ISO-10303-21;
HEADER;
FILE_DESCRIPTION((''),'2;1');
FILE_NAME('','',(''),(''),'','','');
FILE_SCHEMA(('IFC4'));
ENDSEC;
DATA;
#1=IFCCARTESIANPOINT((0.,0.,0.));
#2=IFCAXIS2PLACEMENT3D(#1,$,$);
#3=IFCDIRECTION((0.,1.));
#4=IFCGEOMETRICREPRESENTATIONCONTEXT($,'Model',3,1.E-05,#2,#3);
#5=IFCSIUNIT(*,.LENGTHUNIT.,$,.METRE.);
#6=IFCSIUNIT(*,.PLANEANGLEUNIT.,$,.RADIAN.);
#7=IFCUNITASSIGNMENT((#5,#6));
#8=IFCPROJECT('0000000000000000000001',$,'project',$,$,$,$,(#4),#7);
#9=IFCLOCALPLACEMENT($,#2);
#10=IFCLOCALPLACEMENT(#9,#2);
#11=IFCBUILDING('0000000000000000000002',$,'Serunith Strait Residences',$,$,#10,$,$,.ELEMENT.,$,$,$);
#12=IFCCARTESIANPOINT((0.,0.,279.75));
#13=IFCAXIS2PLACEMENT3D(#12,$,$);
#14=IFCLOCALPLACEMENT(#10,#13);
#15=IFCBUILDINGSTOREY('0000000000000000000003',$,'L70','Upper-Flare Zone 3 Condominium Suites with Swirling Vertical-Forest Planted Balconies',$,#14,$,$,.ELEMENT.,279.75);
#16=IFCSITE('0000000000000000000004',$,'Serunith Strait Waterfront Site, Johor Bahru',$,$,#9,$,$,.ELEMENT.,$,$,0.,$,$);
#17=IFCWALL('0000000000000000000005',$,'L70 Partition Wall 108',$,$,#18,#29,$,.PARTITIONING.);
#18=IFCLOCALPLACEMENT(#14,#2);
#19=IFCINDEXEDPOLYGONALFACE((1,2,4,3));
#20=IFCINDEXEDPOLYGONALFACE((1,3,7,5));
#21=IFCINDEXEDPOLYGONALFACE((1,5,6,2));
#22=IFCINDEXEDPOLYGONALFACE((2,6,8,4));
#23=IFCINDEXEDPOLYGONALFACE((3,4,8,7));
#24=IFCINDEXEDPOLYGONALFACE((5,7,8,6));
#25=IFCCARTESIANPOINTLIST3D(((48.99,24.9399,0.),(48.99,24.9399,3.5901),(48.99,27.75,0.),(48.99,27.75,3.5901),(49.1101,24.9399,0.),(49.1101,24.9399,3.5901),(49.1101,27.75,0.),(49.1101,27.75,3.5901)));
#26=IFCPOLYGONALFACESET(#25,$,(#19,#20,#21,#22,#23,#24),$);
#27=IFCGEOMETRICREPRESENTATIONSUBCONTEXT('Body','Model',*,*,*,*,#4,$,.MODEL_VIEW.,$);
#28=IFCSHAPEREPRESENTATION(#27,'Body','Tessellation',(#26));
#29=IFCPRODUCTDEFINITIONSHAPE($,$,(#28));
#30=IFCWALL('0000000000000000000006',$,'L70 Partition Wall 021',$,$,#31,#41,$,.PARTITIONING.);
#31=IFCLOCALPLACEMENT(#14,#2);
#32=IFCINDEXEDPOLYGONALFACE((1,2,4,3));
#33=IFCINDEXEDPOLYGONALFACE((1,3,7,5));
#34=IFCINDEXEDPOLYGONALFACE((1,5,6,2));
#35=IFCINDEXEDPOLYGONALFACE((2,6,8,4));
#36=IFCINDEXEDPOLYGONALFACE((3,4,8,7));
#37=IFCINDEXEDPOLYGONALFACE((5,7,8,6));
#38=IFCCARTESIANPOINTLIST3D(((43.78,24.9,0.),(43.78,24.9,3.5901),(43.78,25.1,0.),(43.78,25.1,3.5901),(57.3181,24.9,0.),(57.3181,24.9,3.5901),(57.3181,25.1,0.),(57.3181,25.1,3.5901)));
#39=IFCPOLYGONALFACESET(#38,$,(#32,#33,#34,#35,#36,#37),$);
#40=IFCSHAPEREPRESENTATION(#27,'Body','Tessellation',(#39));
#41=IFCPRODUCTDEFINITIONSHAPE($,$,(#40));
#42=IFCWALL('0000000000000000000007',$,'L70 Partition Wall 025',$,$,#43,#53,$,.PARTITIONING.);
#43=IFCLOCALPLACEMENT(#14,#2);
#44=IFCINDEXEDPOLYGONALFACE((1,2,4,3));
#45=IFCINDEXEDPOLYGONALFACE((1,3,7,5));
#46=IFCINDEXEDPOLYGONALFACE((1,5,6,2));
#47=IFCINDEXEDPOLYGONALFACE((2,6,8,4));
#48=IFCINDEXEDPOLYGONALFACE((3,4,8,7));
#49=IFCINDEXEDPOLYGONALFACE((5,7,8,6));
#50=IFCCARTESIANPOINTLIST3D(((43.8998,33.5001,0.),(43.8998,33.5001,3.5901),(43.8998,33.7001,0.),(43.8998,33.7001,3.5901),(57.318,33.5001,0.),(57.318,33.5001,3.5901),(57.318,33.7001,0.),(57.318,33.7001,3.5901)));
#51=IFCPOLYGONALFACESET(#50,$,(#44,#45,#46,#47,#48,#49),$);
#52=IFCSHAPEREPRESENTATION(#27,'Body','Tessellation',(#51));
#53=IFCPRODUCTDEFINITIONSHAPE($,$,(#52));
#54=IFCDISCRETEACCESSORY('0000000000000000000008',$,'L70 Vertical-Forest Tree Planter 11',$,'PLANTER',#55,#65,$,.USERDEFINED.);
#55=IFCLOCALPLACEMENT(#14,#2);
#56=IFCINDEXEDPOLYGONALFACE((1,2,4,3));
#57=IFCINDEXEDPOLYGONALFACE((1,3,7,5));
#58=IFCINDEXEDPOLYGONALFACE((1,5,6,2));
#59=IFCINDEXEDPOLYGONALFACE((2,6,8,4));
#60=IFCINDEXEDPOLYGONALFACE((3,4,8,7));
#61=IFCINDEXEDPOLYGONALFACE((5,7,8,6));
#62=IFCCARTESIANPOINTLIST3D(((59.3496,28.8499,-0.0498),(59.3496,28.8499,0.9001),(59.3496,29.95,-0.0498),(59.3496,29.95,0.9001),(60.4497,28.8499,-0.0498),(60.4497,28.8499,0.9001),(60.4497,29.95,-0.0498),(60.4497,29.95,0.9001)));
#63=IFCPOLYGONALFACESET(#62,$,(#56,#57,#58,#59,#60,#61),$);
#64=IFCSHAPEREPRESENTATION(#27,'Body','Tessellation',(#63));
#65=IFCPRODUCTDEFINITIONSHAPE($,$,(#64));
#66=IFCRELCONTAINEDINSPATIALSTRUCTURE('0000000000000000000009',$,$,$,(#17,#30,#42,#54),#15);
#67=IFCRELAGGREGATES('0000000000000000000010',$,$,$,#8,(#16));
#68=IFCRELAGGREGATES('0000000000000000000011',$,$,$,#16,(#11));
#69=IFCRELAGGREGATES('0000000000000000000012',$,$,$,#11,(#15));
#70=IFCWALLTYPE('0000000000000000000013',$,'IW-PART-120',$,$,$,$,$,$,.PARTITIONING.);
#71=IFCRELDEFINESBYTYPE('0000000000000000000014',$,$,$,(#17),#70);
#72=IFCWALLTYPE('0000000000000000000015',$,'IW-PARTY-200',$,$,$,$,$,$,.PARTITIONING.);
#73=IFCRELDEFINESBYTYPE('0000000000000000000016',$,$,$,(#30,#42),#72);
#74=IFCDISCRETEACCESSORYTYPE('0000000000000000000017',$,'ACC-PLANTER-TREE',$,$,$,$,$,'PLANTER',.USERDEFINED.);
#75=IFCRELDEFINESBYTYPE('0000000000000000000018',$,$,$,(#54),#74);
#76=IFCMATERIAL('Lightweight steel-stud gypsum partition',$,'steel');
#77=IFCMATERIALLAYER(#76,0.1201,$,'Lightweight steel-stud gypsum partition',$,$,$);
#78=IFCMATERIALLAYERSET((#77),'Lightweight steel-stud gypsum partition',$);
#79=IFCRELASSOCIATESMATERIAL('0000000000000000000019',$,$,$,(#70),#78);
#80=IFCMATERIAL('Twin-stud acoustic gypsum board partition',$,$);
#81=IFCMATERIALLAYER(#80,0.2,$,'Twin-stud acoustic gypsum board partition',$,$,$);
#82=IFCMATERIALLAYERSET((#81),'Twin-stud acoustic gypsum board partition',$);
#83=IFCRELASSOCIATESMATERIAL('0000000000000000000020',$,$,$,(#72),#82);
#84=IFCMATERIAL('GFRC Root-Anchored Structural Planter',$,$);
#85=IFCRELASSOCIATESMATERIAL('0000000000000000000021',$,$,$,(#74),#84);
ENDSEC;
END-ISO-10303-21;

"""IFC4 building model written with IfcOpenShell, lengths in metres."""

from ifc_helpers import new_model, si_unit, direction, frame, frame_2d, origin, origin_2d, place, context, subcontext, project, spatial, rectangle, extrude, source, transform, mapped, material, layer, layer_set, type_object, element, save


model = new_model("IFC4")

# Units and contexts
model_context = context("Model", 3, precision=1e-05, world=origin(), true_north=direction((0.0, 1.0)))
body_context = subcontext(model_context, "Body", "Model", "MODEL_VIEW")
ifc_project = project(units=[si_unit("LENGTHUNIT", "METRE"), si_unit("PLANEANGLEUNIT", "RADIAN")], contexts=[model_context])

# Site, building, storey
site_placement = place(None, origin())
site = spatial("IfcSite", under=ifc_project, at=site_placement, Name="Serunith Strait Waterfront Site, Johor Bahru", CompositionType="ELEMENT", RefElevation=0.0)
building_placement = place(site_placement, origin())
building = spatial("IfcBuilding", under=site, at=building_placement, Name="Serunith Strait Residences", CompositionType="ELEMENT")
storey_placement = place(building_placement, frame((0.0, 0.0, 279.75)))
storey = spatial("IfcBuildingStorey", under=building, at=storey_placement, Name="L70", Description="Upper-Flare Zone 3 Condominium Suites with Swirling Vertical-Forest Planted Balconies", CompositionType="ELEMENT", Elevation=279.75)

# Shared definitions
ifc_material_1 = material(Name="Lightweight steel-stud gypsum partition", Category="steel")
ifc_layer_1 = layer(ifc_material_1, 0.1201, Name="Lightweight steel-stud gypsum partition")
ifc_layer_set_1 = layer_set([ifc_layer_1], Name="Lightweight steel-stud gypsum partition")
wall_type_1 = type_object("IfcWallType", Name="IW-PART-120", PredefinedType="PARTITIONING", material=ifc_layer_set_1)

# Walls
for number, where, z_axis, x_axis, name in (
    (1, (49.05, 24.9399, 0.0), (0.0, 0.0, 1.0), (0.0, 1.0, 0.0), "L70 Partition Wall 108"),
):
    element("IfcWall", number, at=place(storey_placement, frame(where, z_axis=z_axis, x_axis=x_axis)), inside=storey, type_object=wall_type_1, Name=name, PredefinedType="PARTITIONING", context=body_context, shape_type="SweptSolid", body=[
        extrude(rectangle(XDim=2.8101, YDim=0.1201, at=frame_2d((1.405, 0.0))), origin(), (0.0, 0.0, 1.0), 3.5901),
    ])
ifc_material_2 = material(Name="Twin-stud acoustic gypsum board partition")
ifc_layer_2 = layer(ifc_material_2, 0.2, Name="Twin-stud acoustic gypsum board partition")
ifc_layer_set_2 = layer_set([ifc_layer_2], Name="Twin-stud acoustic gypsum board partition")
wall_type_2 = type_object("IfcWallType", Name="IW-PARTY-200", PredefinedType="PARTITIONING", material=ifc_layer_set_2)
wall_1_placement = place(storey_placement, frame((43.78, 25.0, 0.0), z_axis=(0.0, 0.0, 1.0), x_axis=(1.0, 0.0, 0.0)))
element("IfcWall", 2, at=wall_1_placement, inside=storey, type_object=wall_type_2, Name="L70 Partition Wall 021", PredefinedType="PARTITIONING", context=body_context, shape_type="SweptSolid", body=[
    extrude(rectangle(XDim=13.5381, YDim=0.2, at=frame_2d((6.769, 0.0))), origin(), (0.0, 0.0, 1.0), 3.5901),
])
wall_2_placement = place(storey_placement, frame((43.8999, 33.6001, 0.0), z_axis=(0.0, 0.0, 1.0), x_axis=(1.0, 0.0, 0.0)))
element("IfcWall", 3, at=wall_2_placement, inside=storey, type_object=wall_type_2, Name="L70 Partition Wall 025", PredefinedType="PARTITIONING", context=body_context, shape_type="SweptSolid", body=[
    extrude(rectangle(XDim=13.4182, YDim=0.2, at=frame_2d((6.709, 0.0))), origin(), (0.0, 0.0, 1.0), 3.5901),
])

# Discrete accessory
ifc_material_3 = material(Name="GFRC Root-Anchored Structural Planter")
discrete_accessory_type = type_object("IfcDiscreteAccessoryType", Name="ACC-PLANTER-TREE", ElementType="PLANTER", PredefinedType="USERDEFINED", material=ifc_material_3)
shared_shape_1 = source(origin(), body_context, "Body", "SweptSolid", [
    extrude(rectangle(XDim=1.1001, YDim=1.1001, at=origin_2d()), origin(), (0.0, 0.0, 1.0), 0.95),
])
discrete_accessory_placement = place(storey_placement, frame((59.8997, 29.3999, -0.0498), z_axis=(0.0, 0.0, 1.0), x_axis=(0.0, 1.0, 0.0)))
element("IfcDiscreteAccessory", 4, at=discrete_accessory_placement, inside=storey, type_object=discrete_accessory_type, Name="L70 Vertical-Forest Tree Planter 11", ObjectType="PLANTER", PredefinedType="USERDEFINED", context=body_context, shape_type="MappedRepresentation", body=[
    mapped(shared_shape_1, transform((0.0, 0.0, 0.0), scale=1.0)),
])

save(model, "model.ifc")
